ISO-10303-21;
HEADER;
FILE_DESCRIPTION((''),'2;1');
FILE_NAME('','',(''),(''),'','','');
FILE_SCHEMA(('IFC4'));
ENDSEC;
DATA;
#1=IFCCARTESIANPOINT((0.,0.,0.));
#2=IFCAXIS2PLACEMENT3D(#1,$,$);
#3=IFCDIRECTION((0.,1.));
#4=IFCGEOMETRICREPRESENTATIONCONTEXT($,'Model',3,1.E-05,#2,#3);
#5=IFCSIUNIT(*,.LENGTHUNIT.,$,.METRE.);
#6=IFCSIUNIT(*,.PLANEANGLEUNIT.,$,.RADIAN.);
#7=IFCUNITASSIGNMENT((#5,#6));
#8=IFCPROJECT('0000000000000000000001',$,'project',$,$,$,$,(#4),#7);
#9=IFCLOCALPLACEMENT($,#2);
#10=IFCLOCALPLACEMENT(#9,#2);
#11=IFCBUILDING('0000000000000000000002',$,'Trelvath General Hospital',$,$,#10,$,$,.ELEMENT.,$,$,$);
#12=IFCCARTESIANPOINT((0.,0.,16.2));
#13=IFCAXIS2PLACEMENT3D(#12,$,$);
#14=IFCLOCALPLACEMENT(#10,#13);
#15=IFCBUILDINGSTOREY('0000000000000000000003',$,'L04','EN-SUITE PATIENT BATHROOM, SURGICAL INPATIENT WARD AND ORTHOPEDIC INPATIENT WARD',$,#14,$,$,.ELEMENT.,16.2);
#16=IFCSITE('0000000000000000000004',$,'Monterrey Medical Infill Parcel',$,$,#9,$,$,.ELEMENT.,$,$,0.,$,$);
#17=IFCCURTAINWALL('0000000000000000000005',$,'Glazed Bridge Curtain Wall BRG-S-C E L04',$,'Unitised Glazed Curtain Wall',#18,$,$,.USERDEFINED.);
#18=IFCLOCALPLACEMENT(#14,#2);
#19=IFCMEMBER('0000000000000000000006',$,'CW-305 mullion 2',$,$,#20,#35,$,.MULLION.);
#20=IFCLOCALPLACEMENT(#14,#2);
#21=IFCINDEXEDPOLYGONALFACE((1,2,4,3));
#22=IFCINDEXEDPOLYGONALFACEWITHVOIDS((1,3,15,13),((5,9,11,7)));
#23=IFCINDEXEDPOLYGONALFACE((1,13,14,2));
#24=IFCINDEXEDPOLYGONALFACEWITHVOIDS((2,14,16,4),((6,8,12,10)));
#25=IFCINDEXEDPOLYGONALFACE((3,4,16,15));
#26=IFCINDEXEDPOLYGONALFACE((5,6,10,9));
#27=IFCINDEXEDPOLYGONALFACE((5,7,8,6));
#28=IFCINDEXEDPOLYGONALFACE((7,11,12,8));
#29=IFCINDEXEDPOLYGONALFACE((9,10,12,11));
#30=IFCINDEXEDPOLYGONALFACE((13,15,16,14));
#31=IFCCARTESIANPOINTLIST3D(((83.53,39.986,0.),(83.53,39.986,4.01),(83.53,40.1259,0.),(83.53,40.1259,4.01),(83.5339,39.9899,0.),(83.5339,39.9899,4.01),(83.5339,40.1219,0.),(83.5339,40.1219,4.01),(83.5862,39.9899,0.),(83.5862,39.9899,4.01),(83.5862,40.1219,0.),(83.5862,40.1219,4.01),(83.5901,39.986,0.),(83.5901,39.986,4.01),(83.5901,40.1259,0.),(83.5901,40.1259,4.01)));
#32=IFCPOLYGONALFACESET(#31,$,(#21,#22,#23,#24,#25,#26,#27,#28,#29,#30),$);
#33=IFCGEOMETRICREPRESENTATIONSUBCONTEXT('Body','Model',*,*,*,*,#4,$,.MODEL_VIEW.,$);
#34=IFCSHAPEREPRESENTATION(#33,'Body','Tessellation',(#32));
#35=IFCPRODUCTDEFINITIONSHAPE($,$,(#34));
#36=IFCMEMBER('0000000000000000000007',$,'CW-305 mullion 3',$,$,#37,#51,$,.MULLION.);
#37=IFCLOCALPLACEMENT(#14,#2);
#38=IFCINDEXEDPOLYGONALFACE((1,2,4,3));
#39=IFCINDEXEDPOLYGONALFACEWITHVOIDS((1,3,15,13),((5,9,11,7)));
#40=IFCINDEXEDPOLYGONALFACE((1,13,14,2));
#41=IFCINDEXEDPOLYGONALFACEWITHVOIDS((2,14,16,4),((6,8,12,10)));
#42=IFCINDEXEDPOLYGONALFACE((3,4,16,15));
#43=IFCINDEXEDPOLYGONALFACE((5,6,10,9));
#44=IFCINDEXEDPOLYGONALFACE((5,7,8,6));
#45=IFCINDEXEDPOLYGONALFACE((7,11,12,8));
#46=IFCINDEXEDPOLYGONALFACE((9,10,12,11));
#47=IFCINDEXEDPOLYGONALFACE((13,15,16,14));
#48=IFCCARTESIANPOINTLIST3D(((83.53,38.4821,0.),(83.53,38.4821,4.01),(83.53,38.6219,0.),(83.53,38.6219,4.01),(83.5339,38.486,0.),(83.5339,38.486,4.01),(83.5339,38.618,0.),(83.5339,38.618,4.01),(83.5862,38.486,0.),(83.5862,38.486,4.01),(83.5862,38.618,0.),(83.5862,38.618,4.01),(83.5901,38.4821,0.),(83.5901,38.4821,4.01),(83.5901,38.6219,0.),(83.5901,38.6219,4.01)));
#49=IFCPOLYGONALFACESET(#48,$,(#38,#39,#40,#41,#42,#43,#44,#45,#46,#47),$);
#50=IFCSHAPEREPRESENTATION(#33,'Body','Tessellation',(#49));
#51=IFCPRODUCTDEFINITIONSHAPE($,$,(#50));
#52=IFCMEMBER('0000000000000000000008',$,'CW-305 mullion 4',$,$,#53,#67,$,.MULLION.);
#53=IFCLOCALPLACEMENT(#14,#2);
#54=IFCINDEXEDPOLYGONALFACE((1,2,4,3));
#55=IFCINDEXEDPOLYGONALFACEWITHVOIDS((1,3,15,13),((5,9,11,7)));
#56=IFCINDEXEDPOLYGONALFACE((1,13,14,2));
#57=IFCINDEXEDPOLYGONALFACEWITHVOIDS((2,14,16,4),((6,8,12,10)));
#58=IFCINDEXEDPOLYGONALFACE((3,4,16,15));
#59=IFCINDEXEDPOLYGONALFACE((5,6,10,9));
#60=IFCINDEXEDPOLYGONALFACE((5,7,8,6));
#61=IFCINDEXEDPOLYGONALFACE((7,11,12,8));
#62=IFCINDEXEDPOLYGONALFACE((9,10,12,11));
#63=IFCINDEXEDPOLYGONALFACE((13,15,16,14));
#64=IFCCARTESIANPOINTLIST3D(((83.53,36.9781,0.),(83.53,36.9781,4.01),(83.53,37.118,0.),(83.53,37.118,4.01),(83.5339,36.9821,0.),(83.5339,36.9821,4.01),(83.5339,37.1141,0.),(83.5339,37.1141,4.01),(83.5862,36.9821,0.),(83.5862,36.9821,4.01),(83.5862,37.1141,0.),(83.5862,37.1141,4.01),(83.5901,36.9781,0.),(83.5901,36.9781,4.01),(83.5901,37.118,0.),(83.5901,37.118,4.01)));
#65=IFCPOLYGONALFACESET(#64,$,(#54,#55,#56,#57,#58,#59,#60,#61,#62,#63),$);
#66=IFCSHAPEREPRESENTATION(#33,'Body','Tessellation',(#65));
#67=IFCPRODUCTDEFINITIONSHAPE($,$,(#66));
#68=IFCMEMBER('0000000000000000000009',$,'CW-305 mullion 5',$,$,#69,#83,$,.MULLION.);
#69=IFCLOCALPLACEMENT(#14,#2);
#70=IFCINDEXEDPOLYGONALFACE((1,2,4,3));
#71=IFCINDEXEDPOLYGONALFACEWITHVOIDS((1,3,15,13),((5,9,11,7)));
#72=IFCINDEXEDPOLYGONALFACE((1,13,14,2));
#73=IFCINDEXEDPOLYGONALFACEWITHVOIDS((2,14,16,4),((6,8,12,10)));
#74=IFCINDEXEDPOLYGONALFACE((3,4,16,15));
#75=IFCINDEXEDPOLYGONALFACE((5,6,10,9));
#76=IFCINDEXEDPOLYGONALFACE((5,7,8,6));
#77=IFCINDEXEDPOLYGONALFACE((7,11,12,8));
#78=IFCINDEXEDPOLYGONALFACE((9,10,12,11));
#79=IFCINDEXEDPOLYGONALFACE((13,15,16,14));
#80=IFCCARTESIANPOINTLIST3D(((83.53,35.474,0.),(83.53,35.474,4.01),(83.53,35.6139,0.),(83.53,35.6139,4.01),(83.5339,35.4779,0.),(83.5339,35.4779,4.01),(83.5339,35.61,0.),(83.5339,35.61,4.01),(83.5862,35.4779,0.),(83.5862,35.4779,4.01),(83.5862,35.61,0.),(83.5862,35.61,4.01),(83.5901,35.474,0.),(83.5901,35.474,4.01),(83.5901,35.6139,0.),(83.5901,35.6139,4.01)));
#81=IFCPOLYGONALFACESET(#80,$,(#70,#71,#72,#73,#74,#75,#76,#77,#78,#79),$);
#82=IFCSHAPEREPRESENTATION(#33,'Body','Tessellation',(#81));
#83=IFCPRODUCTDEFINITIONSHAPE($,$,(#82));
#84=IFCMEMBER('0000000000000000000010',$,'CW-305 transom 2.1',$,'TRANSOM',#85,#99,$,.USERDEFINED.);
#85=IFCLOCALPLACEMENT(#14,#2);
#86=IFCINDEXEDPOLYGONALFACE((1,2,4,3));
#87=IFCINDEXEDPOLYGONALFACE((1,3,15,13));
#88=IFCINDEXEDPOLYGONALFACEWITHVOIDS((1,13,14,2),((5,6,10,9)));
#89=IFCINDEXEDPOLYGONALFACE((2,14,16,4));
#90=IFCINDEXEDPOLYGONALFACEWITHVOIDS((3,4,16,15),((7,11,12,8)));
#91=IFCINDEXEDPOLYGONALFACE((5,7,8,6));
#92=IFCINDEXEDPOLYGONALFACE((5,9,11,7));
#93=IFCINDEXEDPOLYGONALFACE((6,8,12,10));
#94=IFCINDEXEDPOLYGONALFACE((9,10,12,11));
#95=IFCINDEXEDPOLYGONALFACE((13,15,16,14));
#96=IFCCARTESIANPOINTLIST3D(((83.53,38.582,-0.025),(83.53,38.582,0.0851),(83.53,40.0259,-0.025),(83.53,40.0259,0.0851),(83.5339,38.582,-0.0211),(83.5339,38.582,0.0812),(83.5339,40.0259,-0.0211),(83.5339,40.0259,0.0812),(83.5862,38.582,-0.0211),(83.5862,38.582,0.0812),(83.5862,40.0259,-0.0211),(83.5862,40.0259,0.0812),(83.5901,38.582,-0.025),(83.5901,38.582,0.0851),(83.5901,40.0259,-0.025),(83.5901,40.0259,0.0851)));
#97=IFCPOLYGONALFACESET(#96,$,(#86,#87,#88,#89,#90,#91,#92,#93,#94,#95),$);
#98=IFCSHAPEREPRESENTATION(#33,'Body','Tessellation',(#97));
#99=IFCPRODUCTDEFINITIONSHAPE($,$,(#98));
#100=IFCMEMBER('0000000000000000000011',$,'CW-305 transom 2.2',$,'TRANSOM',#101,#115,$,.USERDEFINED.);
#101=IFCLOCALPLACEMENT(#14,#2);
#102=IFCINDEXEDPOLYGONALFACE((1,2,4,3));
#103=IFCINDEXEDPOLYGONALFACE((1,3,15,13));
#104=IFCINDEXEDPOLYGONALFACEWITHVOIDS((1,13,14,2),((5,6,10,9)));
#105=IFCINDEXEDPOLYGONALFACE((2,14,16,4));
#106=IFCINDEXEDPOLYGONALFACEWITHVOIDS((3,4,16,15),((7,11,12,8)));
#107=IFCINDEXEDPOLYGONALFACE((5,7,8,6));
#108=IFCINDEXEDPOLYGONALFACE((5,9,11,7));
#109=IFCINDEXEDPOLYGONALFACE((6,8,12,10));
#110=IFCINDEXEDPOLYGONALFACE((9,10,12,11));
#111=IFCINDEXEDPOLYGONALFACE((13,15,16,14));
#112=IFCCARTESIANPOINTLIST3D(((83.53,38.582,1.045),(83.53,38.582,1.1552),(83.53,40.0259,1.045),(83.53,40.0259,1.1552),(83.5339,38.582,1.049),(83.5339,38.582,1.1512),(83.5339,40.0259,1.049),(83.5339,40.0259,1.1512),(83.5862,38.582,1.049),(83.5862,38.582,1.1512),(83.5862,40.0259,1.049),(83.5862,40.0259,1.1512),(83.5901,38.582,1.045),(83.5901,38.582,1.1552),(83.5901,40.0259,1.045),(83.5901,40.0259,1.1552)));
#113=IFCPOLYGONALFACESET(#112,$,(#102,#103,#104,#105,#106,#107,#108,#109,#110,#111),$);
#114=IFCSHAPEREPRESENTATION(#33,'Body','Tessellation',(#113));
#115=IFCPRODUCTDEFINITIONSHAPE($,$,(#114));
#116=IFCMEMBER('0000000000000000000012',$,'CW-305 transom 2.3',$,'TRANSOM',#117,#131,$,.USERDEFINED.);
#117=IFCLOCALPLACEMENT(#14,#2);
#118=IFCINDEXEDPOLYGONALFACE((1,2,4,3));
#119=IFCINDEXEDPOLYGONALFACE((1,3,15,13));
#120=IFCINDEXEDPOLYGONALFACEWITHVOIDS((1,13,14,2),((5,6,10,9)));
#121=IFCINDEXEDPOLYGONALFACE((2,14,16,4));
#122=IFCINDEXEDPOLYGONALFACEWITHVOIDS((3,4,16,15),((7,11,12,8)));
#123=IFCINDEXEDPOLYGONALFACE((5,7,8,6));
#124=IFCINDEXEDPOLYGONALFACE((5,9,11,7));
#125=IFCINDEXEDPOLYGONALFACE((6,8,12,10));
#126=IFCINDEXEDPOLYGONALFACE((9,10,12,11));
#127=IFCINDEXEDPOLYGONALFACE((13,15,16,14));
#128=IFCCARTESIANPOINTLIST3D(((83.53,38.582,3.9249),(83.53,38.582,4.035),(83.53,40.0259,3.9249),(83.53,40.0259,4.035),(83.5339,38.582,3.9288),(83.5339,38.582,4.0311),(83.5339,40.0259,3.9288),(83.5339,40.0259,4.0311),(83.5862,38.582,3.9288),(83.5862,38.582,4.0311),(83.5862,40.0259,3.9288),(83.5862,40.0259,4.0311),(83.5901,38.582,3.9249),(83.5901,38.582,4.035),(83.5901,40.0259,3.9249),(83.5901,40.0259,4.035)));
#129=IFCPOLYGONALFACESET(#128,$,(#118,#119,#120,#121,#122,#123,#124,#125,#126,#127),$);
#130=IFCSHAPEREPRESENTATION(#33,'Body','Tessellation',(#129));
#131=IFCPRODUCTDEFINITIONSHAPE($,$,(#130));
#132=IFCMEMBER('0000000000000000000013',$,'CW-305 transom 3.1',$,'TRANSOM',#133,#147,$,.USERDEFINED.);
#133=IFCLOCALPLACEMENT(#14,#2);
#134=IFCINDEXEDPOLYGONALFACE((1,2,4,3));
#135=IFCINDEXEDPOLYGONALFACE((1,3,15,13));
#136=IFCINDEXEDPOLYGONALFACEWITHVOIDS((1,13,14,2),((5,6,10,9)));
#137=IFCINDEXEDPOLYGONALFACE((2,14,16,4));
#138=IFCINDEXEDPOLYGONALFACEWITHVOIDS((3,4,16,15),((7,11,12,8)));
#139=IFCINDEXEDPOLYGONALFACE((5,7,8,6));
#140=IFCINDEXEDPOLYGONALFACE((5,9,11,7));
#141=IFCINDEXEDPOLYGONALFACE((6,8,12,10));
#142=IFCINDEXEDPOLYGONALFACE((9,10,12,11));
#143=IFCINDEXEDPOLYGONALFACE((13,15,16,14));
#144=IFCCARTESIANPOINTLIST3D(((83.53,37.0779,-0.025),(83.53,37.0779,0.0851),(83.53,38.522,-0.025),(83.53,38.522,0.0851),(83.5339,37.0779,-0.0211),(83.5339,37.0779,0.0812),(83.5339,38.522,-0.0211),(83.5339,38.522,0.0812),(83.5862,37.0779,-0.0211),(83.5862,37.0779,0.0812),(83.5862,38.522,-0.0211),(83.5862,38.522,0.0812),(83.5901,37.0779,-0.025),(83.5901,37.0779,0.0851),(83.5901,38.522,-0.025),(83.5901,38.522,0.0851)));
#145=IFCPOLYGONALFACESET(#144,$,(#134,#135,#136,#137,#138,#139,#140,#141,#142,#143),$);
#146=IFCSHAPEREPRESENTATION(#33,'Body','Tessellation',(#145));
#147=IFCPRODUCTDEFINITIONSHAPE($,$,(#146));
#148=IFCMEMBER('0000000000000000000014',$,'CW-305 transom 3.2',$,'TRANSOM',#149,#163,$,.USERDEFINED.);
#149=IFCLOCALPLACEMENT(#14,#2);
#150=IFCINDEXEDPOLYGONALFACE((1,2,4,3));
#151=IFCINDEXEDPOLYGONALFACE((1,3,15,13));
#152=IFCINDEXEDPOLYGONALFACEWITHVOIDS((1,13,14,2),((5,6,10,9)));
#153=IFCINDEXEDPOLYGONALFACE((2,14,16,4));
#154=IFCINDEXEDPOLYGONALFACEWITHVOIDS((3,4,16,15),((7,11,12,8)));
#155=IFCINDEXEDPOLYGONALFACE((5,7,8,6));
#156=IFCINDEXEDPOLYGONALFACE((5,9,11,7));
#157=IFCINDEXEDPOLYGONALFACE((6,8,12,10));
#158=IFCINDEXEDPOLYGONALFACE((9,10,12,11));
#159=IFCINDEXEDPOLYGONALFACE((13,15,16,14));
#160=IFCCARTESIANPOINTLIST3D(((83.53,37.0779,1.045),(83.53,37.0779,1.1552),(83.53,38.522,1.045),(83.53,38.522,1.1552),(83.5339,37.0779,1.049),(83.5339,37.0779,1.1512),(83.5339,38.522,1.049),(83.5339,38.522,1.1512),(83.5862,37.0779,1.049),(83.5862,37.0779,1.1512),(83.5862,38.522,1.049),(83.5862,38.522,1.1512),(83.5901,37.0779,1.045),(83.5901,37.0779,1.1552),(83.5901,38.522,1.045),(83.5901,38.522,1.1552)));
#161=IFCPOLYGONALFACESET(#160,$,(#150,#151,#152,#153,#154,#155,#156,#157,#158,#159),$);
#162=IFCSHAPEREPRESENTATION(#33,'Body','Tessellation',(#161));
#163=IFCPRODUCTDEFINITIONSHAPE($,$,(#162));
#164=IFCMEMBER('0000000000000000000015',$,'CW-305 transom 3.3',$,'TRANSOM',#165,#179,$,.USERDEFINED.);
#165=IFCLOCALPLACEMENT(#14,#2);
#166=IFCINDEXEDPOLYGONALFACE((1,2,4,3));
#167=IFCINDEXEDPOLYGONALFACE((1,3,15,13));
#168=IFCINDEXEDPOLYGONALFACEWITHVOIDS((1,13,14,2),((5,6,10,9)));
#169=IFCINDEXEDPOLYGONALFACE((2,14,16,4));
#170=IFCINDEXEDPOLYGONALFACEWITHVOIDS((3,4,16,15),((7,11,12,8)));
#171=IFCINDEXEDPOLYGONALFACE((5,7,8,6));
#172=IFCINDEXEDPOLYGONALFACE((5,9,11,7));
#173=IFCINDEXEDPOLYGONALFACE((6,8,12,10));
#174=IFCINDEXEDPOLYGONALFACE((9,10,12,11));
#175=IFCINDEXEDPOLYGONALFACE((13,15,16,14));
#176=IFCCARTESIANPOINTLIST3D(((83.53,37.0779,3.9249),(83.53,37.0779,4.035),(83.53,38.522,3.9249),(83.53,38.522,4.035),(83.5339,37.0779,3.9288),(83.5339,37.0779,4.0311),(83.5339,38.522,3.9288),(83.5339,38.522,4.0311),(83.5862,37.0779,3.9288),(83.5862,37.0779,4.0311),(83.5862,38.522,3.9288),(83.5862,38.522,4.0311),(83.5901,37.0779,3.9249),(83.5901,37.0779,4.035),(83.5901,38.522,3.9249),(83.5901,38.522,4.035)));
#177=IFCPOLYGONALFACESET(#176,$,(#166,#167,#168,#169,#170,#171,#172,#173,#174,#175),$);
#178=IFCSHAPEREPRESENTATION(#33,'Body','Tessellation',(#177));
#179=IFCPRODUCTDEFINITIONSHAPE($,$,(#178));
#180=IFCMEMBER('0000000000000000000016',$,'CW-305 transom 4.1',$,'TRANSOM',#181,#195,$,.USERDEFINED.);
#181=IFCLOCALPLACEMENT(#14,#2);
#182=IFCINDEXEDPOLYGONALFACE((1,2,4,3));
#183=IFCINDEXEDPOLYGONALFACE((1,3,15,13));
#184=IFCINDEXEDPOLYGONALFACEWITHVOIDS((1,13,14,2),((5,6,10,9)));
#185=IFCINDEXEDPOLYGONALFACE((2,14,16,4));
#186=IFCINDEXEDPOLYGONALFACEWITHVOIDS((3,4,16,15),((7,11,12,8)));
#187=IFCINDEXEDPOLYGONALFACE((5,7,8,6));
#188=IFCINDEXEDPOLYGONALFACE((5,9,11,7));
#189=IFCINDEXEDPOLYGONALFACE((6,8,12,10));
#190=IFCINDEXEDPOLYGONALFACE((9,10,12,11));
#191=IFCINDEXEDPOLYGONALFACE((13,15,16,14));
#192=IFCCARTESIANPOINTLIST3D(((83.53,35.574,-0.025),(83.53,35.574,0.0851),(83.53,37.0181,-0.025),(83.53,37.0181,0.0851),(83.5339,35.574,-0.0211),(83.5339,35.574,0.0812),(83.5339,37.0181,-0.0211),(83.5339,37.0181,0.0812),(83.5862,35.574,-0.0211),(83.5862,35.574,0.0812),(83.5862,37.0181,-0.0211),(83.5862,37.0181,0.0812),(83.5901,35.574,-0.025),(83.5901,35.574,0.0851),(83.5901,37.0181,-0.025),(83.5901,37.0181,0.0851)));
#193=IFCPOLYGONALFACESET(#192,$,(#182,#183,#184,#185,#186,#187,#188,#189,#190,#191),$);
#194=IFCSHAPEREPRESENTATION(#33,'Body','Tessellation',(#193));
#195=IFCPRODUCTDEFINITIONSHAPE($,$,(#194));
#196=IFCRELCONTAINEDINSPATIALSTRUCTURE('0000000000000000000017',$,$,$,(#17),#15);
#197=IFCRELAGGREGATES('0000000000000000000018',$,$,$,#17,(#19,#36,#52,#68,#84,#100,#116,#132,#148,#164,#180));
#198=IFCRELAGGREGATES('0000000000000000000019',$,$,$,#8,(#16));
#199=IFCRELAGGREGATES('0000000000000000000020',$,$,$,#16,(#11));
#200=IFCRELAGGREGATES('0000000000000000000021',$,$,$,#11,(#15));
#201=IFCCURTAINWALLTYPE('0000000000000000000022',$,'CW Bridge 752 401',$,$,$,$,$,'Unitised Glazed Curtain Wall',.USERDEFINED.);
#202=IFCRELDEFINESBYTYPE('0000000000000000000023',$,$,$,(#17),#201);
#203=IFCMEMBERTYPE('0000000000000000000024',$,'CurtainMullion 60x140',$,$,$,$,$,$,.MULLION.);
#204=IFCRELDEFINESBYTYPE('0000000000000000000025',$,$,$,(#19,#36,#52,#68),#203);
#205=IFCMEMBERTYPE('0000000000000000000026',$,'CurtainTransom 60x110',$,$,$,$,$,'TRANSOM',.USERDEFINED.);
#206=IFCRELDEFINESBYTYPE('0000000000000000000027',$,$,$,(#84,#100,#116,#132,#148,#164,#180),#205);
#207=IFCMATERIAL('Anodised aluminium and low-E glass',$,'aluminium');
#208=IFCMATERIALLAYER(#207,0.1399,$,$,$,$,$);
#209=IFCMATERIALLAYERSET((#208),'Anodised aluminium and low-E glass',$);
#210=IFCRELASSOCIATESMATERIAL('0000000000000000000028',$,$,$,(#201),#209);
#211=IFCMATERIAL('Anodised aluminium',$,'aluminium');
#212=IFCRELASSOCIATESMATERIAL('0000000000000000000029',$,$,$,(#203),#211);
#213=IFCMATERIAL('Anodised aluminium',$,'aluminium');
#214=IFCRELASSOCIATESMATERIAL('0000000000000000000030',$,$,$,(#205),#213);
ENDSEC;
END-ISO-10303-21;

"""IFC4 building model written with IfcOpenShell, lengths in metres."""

from ifc_helpers import new_model, si_unit, direction, frame, origin, origin_2d, place, context, subcontext, project, spatial, hollow_rectangle, extrude, material, layer, layer_set, material_profile, profile_set, type_object, element, aggregate, save


model = new_model("IFC4")

# Units and contexts
model_context = context("Model", 3, precision=1e-05, world=origin(), true_north=direction((0.0, 1.0)))
body_context = subcontext(model_context, "Body", "Model", "MODEL_VIEW")
ifc_project = project(units=[si_unit("LENGTHUNIT", "METRE"), si_unit("PLANEANGLEUNIT", "RADIAN")], contexts=[model_context])

# Site, building, storey
site_placement = place(None, origin())
site = spatial("IfcSite", under=ifc_project, at=site_placement, Name="Monterrey Medical Infill Parcel", CompositionType="ELEMENT", RefElevation=0.0)
building_placement = place(site_placement, origin())
building = spatial("IfcBuilding", under=site, at=building_placement, Name="Trelvath General Hospital", CompositionType="ELEMENT")
storey_placement = place(building_placement, frame((0.0, 0.0, 16.2)))
storey = spatial("IfcBuildingStorey", under=building, at=storey_placement, Name="L04", Description="EN-SUITE PATIENT BATHROOM, SURGICAL INPATIENT WARD AND ORTHOPEDIC INPATIENT WARD", CompositionType="ELEMENT", Elevation=16.2)

# Curtain wall, members
ifc_material_1 = material(Name="Anodised aluminium and low-E glass", Category="aluminium")
ifc_layer_1 = layer(ifc_material_1, 0.1399)
ifc_layer_set_1 = layer_set([ifc_layer_1], Name="Anodised aluminium and low-E glass")
curtain_wall_type = type_object("IfcCurtainWallType", Name="CW Bridge 752 401", ElementType="Unitised Glazed Curtain Wall", PredefinedType="USERDEFINED", material=ifc_layer_set_1)
curtain_wall_placement = place(storey_placement, origin())
curtain_wall = element("IfcCurtainWall", 1, at=curtain_wall_placement, inside=storey, type_object=curtain_wall_type, Name="Glazed Bridge Curtain Wall BRG-S-C E L04", ObjectType="Unitised Glazed Curtain Wall", PredefinedType="USERDEFINED")
ifc_material_2 = material(Name="Anodised aluminium", Category="aluminium")
ifc_material_profile_1 = material_profile(ifc_material_2, hollow_rectangle(XDim=0.0601, YDim=0.1399, WallThickness=0.0039, at=origin_2d()), Name="RHS60x140x4")
ifc_profile_set_1 = profile_set([ifc_material_profile_1], Name="Anodised aluminium")
member_type_1 = type_object("IfcMemberType", Name="CurtainMullion 60x140", PredefinedType="MULLION", material=ifc_profile_set_1)
member_1_placement = place(storey_placement, frame((83.5601, 40.0559, 0.0), z_axis=(0.0, 0.0, 1.0), x_axis=(1.0, 0.0, 0.0)))
member_1 = element("IfcMember", 2, at=member_1_placement, type_object=member_type_1, Name="CW-305 mullion 2", PredefinedType="MULLION", context=body_context, shape_type="SweptSolid", body=[
    extrude(hollow_rectangle(XDim=0.0601, YDim=0.1399, WallThickness=0.0039, at=origin_2d()), origin(), (0.0, 0.0, 1.0), 4.01),
])
member_2_placement = place(storey_placement, frame((83.5601, 38.552, 0.0), z_axis=(0.0, 0.0, 1.0), x_axis=(1.0, 0.0, 0.0)))
member_2 = element("IfcMember", 3, at=member_2_placement, type_object=member_type_1, Name="CW-305 mullion 3", PredefinedType="MULLION", context=body_context, shape_type="SweptSolid", body=[
    extrude(hollow_rectangle(XDim=0.0601, YDim=0.1399, WallThickness=0.0039, at=origin_2d()), origin(), (0.0, 0.0, 1.0), 4.01),
])
member_3_placement = place(storey_placement, frame((83.5601, 37.0481, 0.0), z_axis=(0.0, 0.0, 1.0), x_axis=(1.0, 0.0, 0.0)))
member_3 = element("IfcMember", 4, at=member_3_placement, type_object=member_type_1, Name="CW-305 mullion 4", PredefinedType="MULLION", context=body_context, shape_type="SweptSolid", body=[
    extrude(hollow_rectangle(XDim=0.0601, YDim=0.1399, WallThickness=0.0039, at=origin_2d()), origin(), (0.0, 0.0, 1.0), 4.01),
])
member_4_placement = place(storey_placement, frame((83.5601, 35.5439, 0.0), z_axis=(0.0, 0.0, 1.0), x_axis=(1.0, 0.0, 0.0)))
member_4 = element("IfcMember", 5, at=member_4_placement, type_object=member_type_1, Name="CW-305 mullion 5", PredefinedType="MULLION", context=body_context, shape_type="SweptSolid", body=[
    extrude(hollow_rectangle(XDim=0.0601, YDim=0.1399, WallThickness=0.0039, at=origin_2d()), origin(), (0.0, 0.0, 1.0), 4.01),
])
ifc_material_3 = material(Name="Anodised aluminium", Category="aluminium")
ifc_material_profile_2 = material_profile(ifc_material_3, hollow_rectangle(XDim=0.0601, YDim=0.1101, WallThickness=0.0039, at=origin_2d()), Name="RHS60x110x4")
ifc_profile_set_2 = profile_set([ifc_material_profile_2], Name="Anodised aluminium")
member_type_2 = type_object("IfcMemberType", Name="CurtainTransom 60x110", ElementType="TRANSOM", PredefinedType="USERDEFINED", material=ifc_profile_set_2)
member_5_placement = place(storey_placement, frame((83.5601, 40.0259, 0.03), z_axis=(0.0, -1.0, 0.0), x_axis=(1.0, 0.0, 0.0)))
member_5 = element("IfcMember", 6, at=member_5_placement, type_object=member_type_2, Name="CW-305 transom 2.1", ObjectType="TRANSOM", PredefinedType="USERDEFINED", context=body_context, shape_type="SweptSolid", body=[
    extrude(hollow_rectangle(XDim=0.0601, YDim=0.1101, WallThickness=0.0039, at=origin_2d()), origin(), (0.0, 0.0, 1.0), 1.4438),
])
member_6_placement = place(storey_placement, frame((83.5601, 40.0259, 1.1001), z_axis=(0.0, -1.0, 0.0), x_axis=(1.0, 0.0, 0.0)))
member_6 = element("IfcMember", 7, at=member_6_placement, type_object=member_type_2, Name="CW-305 transom 2.2", ObjectType="TRANSOM", PredefinedType="USERDEFINED", context=body_context, shape_type="SweptSolid", body=[
    extrude(hollow_rectangle(XDim=0.0601, YDim=0.1101, WallThickness=0.0039, at=origin_2d()), origin(), (0.0, 0.0, 1.0), 1.4438),
])
member_7_placement = place(storey_placement, frame((83.5601, 40.0259, 3.98), z_axis=(0.0, -1.0, 0.0), x_axis=(1.0, 0.0, 0.0)))
member_7 = element("IfcMember", 8, at=member_7_placement, type_object=member_type_2, Name="CW-305 transom 2.3", ObjectType="TRANSOM", PredefinedType="USERDEFINED", context=body_context, shape_type="SweptSolid", body=[
    extrude(hollow_rectangle(XDim=0.0601, YDim=0.1101, WallThickness=0.0039, at=origin_2d()), origin(), (0.0, 0.0, 1.0), 1.4438),
])
member_8_placement = place(storey_placement, frame((83.5601, 38.522, 0.03), z_axis=(0.0, -1.0, 0.0), x_axis=(1.0, 0.0, 0.0)))
member_8 = element("IfcMember", 9, at=member_8_placement, type_object=member_type_2, Name="CW-305 transom 3.1", ObjectType="TRANSOM", PredefinedType="USERDEFINED", context=body_context, shape_type="SweptSolid", body=[
    extrude(hollow_rectangle(XDim=0.0601, YDim=0.1101, WallThickness=0.0039, at=origin_2d()), origin(), (0.0, 0.0, 1.0), 1.4441),
])
member_9_placement = place(storey_placement, frame((83.5601, 38.522, 1.1001), z_axis=(0.0, -1.0, 0.0), x_axis=(1.0, 0.0, 0.0)))
member_9 = element("IfcMember", 10, at=member_9_placement, type_object=member_type_2, Name="CW-305 transom 3.2", ObjectType="TRANSOM", PredefinedType="USERDEFINED", context=body_context, shape_type="SweptSolid", body=[
    extrude(hollow_rectangle(XDim=0.0601, YDim=0.1101, WallThickness=0.0039, at=origin_2d()), origin(), (0.0, 0.0, 1.0), 1.4441),
])
member_10_placement = place(storey_placement, frame((83.5601, 38.522, 3.98), z_axis=(0.0, -1.0, 0.0), x_axis=(1.0, 0.0, 0.0)))
member_10 = element("IfcMember", 11, at=member_10_placement, type_object=member_type_2, Name="CW-305 transom 3.3", ObjectType="TRANSOM", PredefinedType="USERDEFINED", context=body_context, shape_type="SweptSolid", body=[
    extrude(hollow_rectangle(XDim=0.0601, YDim=0.1101, WallThickness=0.0039, at=origin_2d()), origin(), (0.0, 0.0, 1.0), 1.4441),
])
member_11_placement = place(storey_placement, frame((83.5601, 37.0181, 0.03), z_axis=(0.0, -1.0, 0.0), x_axis=(1.0, 0.0, 0.0)))
member_11 = element("IfcMember", 12, at=member_11_placement, type_object=member_type_2, Name="CW-305 transom 4.1", ObjectType="TRANSOM", PredefinedType="USERDEFINED", context=body_context, shape_type="SweptSolid", body=[
    extrude(hollow_rectangle(XDim=0.0601, YDim=0.1101, WallThickness=0.0039, at=origin_2d()), origin(), (0.0, 0.0, 1.0), 1.4441),
])
aggregate(curtain_wall, [member_1, member_2, member_3, member_4, member_5, member_6, member_7, member_8, member_9, member_10, member_11])

save(model, "model.ifc")
